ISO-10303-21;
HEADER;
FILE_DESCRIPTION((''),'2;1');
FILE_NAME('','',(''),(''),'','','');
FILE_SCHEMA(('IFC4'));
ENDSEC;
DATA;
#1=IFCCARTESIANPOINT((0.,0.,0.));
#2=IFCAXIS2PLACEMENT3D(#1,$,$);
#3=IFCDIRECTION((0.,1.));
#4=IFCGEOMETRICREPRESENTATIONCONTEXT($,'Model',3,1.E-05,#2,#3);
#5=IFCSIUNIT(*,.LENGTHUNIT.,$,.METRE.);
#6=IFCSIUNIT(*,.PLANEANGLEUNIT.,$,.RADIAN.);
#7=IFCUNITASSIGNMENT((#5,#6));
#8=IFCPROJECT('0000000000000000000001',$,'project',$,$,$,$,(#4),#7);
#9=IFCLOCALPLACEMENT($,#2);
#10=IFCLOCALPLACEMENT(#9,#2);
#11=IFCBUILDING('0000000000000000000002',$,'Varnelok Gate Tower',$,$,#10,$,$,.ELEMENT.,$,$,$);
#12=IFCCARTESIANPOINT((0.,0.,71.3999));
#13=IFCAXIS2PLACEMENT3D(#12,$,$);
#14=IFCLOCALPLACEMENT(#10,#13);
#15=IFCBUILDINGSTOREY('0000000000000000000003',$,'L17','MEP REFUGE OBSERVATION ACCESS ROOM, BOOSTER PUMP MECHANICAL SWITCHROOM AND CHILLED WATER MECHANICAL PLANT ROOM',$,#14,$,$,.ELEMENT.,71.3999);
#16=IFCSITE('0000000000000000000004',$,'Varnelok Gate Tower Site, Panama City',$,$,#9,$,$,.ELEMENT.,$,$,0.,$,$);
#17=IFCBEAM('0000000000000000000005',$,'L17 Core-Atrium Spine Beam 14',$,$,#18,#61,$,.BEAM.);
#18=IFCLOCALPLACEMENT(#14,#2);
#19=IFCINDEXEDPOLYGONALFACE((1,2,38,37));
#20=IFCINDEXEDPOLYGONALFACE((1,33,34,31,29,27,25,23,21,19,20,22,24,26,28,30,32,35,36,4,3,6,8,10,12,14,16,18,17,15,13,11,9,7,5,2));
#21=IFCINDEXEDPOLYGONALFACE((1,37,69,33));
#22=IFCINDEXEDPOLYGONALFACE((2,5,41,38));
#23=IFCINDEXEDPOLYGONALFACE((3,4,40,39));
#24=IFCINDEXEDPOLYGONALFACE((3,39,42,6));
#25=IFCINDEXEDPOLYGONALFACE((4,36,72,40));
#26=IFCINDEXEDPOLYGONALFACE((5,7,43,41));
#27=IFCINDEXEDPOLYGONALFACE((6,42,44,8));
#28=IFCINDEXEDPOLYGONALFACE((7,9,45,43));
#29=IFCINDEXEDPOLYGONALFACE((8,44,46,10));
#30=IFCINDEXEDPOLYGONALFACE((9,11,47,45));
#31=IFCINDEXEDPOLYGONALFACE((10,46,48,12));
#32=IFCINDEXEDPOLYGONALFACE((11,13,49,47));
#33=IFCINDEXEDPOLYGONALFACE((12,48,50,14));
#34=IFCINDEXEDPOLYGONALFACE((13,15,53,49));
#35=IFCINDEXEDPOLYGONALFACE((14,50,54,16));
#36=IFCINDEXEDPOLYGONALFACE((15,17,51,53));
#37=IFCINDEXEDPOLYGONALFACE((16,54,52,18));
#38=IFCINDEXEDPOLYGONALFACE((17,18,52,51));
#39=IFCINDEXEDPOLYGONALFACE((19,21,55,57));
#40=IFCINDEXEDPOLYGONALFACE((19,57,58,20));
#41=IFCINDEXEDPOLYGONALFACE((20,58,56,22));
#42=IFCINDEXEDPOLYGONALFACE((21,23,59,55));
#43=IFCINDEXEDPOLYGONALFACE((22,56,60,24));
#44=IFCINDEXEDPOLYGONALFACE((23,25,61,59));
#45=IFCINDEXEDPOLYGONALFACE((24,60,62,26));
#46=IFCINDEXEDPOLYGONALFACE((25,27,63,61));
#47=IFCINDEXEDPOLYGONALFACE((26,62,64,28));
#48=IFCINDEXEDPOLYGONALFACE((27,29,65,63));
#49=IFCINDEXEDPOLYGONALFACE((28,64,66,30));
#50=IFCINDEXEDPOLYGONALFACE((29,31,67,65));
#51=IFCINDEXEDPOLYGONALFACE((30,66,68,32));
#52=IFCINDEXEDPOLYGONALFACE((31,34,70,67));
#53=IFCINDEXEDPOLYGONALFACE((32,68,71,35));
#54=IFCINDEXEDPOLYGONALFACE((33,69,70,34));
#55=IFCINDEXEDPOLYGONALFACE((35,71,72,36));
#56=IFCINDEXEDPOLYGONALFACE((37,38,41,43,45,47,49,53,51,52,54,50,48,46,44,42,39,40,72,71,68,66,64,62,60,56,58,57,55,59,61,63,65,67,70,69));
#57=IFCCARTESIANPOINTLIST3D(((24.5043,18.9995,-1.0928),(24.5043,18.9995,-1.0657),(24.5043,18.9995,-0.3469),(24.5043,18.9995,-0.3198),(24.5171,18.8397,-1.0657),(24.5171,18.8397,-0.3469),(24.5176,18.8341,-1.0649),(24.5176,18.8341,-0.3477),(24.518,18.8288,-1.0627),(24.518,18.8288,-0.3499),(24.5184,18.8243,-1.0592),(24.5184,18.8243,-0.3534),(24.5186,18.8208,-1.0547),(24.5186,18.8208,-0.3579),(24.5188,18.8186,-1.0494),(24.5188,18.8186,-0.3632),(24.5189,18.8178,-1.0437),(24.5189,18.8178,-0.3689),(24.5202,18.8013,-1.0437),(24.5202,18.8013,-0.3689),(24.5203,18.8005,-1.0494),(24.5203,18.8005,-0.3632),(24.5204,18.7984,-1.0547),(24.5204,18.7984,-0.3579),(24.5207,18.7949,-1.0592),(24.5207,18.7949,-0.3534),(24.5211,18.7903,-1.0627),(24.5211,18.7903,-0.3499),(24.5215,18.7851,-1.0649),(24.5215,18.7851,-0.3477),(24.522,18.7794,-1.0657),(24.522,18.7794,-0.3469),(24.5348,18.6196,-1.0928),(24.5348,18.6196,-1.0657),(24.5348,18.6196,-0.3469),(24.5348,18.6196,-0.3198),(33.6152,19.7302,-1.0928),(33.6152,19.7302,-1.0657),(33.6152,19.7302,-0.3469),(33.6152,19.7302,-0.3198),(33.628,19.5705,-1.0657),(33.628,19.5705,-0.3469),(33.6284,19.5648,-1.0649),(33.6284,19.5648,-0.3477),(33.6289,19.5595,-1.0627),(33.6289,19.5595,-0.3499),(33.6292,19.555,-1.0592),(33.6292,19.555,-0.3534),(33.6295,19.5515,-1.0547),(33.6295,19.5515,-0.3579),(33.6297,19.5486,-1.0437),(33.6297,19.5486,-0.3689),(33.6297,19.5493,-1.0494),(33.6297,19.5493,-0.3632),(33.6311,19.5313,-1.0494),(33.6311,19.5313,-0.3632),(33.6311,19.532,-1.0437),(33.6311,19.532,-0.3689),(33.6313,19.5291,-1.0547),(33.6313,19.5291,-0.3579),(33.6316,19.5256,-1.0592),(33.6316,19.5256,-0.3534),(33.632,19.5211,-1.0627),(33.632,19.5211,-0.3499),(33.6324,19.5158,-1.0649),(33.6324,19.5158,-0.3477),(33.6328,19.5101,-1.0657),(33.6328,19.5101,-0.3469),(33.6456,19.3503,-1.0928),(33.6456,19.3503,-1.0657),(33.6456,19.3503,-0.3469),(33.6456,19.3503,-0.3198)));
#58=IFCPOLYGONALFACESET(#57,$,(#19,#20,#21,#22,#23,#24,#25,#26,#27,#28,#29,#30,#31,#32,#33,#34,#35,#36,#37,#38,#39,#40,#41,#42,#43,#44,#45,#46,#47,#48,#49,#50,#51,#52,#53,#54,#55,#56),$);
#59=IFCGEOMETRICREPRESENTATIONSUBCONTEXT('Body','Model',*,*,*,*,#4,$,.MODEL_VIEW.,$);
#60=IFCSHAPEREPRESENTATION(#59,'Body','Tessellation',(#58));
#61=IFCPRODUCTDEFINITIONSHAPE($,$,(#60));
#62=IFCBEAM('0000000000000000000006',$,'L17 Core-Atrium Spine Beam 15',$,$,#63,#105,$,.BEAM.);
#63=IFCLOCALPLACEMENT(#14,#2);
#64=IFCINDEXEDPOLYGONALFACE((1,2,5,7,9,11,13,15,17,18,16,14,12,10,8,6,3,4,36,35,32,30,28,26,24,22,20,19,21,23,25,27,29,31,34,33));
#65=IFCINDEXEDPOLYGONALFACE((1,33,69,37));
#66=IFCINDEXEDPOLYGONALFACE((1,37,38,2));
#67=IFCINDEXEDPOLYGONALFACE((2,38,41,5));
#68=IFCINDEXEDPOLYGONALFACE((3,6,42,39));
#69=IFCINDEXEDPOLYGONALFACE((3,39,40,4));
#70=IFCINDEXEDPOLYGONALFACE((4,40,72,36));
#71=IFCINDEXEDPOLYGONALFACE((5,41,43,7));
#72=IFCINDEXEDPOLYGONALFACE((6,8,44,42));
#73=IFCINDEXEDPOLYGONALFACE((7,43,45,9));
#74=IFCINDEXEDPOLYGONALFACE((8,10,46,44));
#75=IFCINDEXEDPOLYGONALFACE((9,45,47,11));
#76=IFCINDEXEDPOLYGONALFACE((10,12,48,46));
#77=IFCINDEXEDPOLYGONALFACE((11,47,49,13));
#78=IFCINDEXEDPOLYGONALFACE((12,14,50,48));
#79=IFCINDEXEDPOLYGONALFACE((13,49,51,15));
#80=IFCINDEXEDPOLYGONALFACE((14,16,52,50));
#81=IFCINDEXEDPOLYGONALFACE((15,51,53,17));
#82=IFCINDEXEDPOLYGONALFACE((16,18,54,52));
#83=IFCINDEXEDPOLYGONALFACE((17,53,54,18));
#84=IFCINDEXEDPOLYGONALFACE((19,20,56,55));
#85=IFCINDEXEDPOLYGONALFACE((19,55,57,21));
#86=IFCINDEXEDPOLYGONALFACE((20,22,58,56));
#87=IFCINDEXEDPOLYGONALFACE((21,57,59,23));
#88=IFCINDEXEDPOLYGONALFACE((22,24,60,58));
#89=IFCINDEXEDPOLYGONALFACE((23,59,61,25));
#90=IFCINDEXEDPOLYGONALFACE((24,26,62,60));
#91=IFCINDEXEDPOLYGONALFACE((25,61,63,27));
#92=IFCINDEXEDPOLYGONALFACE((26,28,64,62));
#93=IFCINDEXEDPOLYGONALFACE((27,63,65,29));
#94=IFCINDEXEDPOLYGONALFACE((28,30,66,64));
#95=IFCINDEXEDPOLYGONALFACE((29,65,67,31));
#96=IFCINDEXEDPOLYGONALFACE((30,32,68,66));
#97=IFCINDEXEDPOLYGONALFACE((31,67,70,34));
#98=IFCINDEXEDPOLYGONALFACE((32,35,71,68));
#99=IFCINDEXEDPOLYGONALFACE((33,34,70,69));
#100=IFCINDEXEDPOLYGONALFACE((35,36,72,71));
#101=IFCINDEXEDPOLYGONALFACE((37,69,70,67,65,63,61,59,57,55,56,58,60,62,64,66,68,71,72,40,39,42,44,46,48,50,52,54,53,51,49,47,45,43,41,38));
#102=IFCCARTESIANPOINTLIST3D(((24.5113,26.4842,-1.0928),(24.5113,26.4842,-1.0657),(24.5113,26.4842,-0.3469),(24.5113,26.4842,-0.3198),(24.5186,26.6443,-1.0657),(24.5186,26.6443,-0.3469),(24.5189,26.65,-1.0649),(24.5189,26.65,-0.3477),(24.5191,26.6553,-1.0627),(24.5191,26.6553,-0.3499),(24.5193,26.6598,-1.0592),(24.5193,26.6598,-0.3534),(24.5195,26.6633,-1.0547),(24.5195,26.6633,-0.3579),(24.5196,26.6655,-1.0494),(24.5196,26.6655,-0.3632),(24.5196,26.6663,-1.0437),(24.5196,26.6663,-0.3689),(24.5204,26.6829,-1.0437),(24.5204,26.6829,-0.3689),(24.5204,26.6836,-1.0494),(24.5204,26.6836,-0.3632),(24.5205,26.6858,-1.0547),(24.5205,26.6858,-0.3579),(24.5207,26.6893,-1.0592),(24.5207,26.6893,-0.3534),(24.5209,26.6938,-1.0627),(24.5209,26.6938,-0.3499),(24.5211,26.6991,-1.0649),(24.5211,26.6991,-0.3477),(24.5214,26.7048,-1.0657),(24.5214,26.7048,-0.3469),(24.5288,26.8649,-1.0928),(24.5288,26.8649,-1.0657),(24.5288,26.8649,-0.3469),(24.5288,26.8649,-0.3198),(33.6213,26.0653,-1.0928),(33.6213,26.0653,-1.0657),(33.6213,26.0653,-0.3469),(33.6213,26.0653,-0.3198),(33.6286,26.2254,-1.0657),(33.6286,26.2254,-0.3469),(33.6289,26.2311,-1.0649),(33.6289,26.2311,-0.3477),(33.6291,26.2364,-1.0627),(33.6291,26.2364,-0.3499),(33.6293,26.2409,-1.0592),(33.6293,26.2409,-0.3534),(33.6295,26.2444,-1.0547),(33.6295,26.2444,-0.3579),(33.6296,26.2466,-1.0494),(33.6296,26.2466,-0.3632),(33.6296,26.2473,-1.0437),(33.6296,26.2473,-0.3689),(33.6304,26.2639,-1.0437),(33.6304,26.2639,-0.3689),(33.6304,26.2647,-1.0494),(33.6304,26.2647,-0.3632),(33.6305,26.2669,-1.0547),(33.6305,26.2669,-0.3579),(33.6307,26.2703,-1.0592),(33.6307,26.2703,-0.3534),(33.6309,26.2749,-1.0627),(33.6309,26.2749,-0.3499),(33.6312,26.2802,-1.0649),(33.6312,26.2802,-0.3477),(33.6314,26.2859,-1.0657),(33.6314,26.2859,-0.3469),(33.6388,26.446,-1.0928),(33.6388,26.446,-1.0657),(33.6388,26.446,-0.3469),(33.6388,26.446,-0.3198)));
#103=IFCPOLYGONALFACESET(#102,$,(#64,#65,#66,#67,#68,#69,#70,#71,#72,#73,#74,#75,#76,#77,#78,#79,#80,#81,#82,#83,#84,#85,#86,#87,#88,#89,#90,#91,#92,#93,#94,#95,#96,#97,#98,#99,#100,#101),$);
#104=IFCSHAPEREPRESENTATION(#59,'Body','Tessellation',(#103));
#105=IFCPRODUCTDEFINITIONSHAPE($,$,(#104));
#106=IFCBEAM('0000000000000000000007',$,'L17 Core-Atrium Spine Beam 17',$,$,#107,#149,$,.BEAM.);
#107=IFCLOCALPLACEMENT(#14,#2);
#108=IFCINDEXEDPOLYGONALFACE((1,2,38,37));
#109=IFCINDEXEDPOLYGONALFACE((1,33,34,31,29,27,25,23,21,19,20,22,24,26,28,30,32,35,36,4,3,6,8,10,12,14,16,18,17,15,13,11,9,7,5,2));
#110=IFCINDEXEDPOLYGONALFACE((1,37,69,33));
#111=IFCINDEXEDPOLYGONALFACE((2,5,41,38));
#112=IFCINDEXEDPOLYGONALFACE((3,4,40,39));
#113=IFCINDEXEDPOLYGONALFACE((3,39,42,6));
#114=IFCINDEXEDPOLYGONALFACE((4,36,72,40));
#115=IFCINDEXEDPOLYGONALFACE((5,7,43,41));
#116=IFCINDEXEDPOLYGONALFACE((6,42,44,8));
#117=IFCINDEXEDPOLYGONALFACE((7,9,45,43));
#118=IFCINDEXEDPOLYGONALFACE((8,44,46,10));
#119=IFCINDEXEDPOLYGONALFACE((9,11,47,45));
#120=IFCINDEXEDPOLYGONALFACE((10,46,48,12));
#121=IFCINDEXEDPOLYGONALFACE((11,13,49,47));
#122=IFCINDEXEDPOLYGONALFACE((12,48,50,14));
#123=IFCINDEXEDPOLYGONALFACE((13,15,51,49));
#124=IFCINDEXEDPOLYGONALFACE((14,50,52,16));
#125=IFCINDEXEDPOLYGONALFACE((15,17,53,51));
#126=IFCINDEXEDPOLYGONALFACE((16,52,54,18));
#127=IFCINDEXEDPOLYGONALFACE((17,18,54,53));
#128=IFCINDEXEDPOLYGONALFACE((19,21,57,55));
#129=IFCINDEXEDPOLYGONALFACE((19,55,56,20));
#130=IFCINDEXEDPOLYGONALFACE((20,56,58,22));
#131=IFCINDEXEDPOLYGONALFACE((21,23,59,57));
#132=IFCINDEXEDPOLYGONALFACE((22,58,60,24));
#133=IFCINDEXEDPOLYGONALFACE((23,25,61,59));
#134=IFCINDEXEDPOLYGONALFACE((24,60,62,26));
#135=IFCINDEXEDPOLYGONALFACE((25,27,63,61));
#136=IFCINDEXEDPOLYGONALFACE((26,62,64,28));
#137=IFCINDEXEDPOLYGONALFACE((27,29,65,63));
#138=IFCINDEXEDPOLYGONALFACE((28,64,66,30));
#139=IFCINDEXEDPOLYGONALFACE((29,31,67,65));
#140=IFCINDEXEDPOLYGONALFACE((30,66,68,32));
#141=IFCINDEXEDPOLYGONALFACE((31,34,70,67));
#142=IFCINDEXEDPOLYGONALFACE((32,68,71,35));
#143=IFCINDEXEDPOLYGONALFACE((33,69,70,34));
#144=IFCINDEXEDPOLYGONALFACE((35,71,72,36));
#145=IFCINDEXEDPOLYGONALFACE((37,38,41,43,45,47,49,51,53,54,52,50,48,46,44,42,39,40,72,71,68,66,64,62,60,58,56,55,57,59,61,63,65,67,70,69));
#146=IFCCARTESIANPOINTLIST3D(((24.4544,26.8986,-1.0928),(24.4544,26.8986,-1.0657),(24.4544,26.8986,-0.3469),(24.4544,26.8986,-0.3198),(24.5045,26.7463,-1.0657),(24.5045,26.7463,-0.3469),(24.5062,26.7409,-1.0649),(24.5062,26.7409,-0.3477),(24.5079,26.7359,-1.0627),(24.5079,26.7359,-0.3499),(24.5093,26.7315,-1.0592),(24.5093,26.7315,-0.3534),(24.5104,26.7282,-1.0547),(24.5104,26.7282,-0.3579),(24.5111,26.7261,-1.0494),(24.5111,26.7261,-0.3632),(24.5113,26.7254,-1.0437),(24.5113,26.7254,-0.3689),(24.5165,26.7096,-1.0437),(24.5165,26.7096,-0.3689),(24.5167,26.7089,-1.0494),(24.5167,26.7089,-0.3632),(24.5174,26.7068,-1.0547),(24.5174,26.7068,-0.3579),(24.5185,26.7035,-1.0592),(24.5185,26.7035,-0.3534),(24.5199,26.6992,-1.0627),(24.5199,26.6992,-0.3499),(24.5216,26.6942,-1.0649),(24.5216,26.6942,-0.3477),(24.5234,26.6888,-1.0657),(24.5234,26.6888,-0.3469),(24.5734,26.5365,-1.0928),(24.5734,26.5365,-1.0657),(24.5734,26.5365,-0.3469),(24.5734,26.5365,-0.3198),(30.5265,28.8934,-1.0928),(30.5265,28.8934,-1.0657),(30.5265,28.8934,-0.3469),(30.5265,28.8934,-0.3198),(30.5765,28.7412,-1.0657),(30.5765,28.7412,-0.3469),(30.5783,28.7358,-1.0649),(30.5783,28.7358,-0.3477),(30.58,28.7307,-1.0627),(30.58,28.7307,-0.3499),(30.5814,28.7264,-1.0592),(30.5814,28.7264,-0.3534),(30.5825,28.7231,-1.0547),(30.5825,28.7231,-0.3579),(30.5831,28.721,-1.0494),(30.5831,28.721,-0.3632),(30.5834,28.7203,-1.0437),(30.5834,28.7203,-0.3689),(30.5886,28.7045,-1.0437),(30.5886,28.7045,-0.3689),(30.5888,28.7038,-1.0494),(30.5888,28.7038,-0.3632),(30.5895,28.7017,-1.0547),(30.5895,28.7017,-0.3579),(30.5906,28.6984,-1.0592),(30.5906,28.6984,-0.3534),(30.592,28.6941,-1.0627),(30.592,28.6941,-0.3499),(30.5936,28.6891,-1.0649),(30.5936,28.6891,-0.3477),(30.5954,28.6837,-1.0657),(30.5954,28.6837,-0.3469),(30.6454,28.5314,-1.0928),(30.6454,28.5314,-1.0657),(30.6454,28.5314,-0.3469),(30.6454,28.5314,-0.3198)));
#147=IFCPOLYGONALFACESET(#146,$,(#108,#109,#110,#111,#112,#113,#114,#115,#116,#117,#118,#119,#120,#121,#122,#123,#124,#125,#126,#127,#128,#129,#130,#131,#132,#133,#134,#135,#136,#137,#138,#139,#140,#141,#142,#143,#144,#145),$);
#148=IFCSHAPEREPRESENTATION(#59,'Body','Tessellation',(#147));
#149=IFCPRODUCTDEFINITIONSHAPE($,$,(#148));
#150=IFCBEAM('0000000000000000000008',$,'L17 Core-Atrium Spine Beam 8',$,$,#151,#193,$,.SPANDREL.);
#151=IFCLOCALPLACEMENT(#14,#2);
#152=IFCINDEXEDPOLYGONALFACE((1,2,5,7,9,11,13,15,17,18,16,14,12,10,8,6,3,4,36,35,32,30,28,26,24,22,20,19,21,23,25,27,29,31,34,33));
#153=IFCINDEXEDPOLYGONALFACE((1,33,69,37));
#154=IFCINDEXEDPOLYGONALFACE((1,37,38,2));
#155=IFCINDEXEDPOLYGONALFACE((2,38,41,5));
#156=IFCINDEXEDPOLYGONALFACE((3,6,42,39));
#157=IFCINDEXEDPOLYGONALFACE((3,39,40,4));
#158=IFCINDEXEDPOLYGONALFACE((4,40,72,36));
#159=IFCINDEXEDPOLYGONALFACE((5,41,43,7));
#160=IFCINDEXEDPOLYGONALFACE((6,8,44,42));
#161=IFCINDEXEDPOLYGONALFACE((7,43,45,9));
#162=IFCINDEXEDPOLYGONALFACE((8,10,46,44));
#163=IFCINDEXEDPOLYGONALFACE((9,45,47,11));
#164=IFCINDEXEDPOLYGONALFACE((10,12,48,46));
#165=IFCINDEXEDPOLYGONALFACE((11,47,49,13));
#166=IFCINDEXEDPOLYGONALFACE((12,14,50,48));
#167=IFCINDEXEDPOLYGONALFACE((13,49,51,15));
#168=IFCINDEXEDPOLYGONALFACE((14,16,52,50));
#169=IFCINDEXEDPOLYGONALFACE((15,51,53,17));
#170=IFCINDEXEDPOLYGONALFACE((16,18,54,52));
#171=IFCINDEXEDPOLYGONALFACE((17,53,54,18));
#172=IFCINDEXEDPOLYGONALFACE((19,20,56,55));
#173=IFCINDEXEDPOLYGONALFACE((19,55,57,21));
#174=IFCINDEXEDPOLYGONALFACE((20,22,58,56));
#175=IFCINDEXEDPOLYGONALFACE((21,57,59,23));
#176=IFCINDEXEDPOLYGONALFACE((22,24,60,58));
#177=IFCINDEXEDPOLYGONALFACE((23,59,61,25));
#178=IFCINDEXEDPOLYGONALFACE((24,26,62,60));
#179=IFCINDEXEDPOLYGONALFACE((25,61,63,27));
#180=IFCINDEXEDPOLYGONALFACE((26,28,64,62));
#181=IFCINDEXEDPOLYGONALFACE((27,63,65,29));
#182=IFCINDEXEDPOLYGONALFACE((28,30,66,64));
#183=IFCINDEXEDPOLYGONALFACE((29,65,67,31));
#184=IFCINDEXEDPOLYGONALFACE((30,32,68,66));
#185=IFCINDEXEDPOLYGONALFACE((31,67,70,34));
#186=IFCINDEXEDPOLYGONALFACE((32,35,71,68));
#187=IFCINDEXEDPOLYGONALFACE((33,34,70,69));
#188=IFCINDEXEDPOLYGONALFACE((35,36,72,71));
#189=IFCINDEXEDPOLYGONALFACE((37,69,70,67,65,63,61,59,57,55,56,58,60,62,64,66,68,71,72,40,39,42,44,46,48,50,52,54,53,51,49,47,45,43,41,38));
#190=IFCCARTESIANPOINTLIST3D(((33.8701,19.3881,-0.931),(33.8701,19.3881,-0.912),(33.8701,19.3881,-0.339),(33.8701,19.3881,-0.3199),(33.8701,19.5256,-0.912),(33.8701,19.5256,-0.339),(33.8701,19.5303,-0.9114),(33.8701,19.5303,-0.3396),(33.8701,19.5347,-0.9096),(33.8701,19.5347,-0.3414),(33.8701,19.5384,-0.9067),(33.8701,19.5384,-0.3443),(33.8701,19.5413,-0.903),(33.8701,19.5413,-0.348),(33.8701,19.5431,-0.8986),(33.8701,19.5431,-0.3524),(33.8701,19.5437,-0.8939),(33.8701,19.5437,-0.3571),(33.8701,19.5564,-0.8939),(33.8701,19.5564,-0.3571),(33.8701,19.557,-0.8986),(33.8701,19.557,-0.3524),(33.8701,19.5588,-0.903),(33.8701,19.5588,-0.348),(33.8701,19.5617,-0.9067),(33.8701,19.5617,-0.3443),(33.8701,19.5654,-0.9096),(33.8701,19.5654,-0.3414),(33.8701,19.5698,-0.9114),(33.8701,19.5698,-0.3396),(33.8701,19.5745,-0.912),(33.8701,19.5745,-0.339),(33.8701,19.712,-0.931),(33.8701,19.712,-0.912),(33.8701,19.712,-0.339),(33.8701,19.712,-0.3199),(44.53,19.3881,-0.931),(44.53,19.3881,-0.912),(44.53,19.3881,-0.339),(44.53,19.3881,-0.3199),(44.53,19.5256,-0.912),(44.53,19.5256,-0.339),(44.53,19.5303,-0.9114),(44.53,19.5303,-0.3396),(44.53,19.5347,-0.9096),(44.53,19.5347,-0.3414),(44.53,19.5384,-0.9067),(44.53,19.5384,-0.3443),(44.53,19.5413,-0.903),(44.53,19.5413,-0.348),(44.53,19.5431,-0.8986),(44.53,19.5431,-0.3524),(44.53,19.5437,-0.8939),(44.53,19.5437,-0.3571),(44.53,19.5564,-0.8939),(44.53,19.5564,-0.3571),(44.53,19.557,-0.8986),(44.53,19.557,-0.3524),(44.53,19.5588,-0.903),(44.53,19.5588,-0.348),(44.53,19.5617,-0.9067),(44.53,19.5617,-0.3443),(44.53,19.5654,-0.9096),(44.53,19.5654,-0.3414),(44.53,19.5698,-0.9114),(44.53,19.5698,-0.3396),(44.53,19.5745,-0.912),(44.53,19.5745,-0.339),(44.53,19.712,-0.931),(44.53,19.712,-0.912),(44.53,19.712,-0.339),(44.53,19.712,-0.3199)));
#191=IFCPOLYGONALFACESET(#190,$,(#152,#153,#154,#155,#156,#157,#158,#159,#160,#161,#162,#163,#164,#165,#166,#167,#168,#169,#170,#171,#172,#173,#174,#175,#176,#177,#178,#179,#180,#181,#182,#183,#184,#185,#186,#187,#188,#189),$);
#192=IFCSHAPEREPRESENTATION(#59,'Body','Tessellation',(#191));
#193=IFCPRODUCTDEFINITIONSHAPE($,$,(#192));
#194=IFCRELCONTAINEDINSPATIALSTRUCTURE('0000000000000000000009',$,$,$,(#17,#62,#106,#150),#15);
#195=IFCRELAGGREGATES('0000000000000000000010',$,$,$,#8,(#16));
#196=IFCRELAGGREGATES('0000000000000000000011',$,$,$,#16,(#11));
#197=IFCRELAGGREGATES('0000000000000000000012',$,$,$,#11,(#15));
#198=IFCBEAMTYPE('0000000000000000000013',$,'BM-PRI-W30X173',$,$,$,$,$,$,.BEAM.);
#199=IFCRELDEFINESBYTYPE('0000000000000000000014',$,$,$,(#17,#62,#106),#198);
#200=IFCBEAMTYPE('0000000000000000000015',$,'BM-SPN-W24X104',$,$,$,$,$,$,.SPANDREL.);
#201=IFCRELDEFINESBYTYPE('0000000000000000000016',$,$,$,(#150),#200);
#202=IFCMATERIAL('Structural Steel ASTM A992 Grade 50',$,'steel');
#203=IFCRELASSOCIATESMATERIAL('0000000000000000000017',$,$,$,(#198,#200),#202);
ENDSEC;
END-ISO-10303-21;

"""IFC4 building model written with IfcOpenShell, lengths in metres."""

from ifc_helpers import new_model, si_unit, direction, frame, origin, origin_2d, place, context, subcontext, project, spatial, i_section, extrude, material, material_profile, profile_set, type_object, element, save


model = new_model("IFC4")

# Units and contexts
model_context = context("Model", 3, precision=1e-05, world=origin(), true_north=direction((0.0, 1.0)))
body_context = subcontext(model_context, "Body", "Model", "MODEL_VIEW")
ifc_project = project(units=[si_unit("LENGTHUNIT", "METRE"), si_unit("PLANEANGLEUNIT", "RADIAN")], contexts=[model_context])

# Site, building, storey
site_placement = place(None, origin())
site = spatial("IfcSite", under=ifc_project, at=site_placement, Name="Varnelok Gate Tower Site, Panama City", CompositionType="ELEMENT", RefElevation=0.0)
building_placement = place(site_placement, origin())
building = spatial("IfcBuilding", under=site, at=building_placement, Name="Varnelok Gate Tower", CompositionType="ELEMENT")
storey_placement = place(building_placement, frame((0.0, 0.0, 71.3999)))
storey = spatial("IfcBuildingStorey", under=building, at=storey_placement, Name="L17", Description="MEP REFUGE OBSERVATION ACCESS ROOM, BOOSTER PUMP MECHANICAL SWITCHROOM AND CHILLED WATER MECHANICAL PLANT ROOM", CompositionType="ELEMENT", Elevation=71.3999)

# Shared definitions
ifc_material_1 = material(Name="Structural Steel ASTM A992 Grade 50", Category="steel")

# Beams
ifc_material_profile_1 = material_profile(ifc_material_1, i_section(OverallWidth=0.3811, OverallDepth=0.7729, WebThickness=0.0166, FlangeThickness=0.0271, FilletRadius=0.022, at=origin_2d()), Name="W30X173")
ifc_profile_set_1 = profile_set([ifc_material_profile_1], Name="Structural Steel ASTM A992 Grade 50")
beam_type_1 = type_object("IfcBeamType", Name="BM-PRI-W30X173", PredefinedType="BEAM", material=ifc_profile_set_1)
beam_1_placement = place(storey_placement, frame((24.5195, 18.8096, -0.7063), z_axis=(0.996799, 0.079946, 0.0), x_axis=(-0.079946, 0.996799, 0.0)))
element("IfcBeam", 1, at=beam_1_placement, inside=storey, type_object=beam_type_1, Name="L17 Core-Atrium Spine Beam 14", PredefinedType="BEAM", context=body_context, shape_type="SweptSolid", body=[
    extrude(i_section(OverallWidth=0.3811, OverallDepth=0.7729, WebThickness=0.0166, FlangeThickness=0.0271, FilletRadius=0.022, at=origin_2d()), origin(), (0.0, 0.0, 1.0), 9.1401),
])
beam_2_placement = place(storey_placement, frame((24.52, 26.6746, -0.7063), z_axis=(0.998944, -0.045938, 0.0), x_axis=(0.045938, 0.998944, 0.0)))
element("IfcBeam", 2, at=beam_2_placement, inside=storey, type_object=beam_type_1, Name="L17 Core-Atrium Spine Beam 15", PredefinedType="BEAM", context=body_context, shape_type="SweptSolid", body=[
    extrude(i_section(OverallWidth=0.3811, OverallDepth=0.7729, WebThickness=0.0166, FlangeThickness=0.0271, FilletRadius=0.022, at=origin_2d()), origin(), (0.0, 0.0, 1.0), 9.1196),
])
beam_3_placement = place(storey_placement, frame((24.5139, 26.7175, -0.7063), z_axis=(0.950042, 0.312122, 0.0), x_axis=(-0.312122, 0.950042, 0.0)))
element("IfcBeam", 3, at=beam_3_placement, inside=storey, type_object=beam_type_1, Name="L17 Core-Atrium Spine Beam 17", PredefinedType="BEAM", context=body_context, shape_type="SweptSolid", body=[
    extrude(i_section(OverallWidth=0.3811, OverallDepth=0.7729, WebThickness=0.0166, FlangeThickness=0.0271, FilletRadius=0.022, at=origin_2d()), origin(), (0.0, 0.0, 1.0), 6.3914),
])
ifc_material_profile_2 = material_profile(ifc_material_1, i_section(OverallWidth=0.324, OverallDepth=0.6111, WebThickness=0.0127, FlangeThickness=0.019, FilletRadius=0.0181, at=origin_2d()), Name="W24X104")
ifc_profile_set_2 = profile_set([ifc_material_profile_2], Name="Structural Steel ASTM A992 Grade 50")
beam_type_2 = type_object("IfcBeamType", Name="BM-SPN-W24X104", PredefinedType="SPANDREL", material=ifc_profile_set_2)
for number, where, z_axis, x_axis, name in (
    (4, (33.8701, 19.55, -0.6255), (1.0, 0.0, 0.0), (0.0, 1.0, 0.0), "L17 Core-Atrium Spine Beam 8"),
):
    element("IfcBeam", number, at=place(storey_placement, frame(where, z_axis=z_axis, x_axis=x_axis)), inside=storey, type_object=beam_type_2, Name=name, PredefinedType="SPANDREL", context=body_context, shape_type="SweptSolid", body=[
        extrude(i_section(OverallWidth=0.324, OverallDepth=0.6111, WebThickness=0.0127, FlangeThickness=0.019, FilletRadius=0.0181, at=origin_2d()), origin(), (0.0, 0.0, 1.0), 10.6599),
    ])

save(model, "model.ifc")
